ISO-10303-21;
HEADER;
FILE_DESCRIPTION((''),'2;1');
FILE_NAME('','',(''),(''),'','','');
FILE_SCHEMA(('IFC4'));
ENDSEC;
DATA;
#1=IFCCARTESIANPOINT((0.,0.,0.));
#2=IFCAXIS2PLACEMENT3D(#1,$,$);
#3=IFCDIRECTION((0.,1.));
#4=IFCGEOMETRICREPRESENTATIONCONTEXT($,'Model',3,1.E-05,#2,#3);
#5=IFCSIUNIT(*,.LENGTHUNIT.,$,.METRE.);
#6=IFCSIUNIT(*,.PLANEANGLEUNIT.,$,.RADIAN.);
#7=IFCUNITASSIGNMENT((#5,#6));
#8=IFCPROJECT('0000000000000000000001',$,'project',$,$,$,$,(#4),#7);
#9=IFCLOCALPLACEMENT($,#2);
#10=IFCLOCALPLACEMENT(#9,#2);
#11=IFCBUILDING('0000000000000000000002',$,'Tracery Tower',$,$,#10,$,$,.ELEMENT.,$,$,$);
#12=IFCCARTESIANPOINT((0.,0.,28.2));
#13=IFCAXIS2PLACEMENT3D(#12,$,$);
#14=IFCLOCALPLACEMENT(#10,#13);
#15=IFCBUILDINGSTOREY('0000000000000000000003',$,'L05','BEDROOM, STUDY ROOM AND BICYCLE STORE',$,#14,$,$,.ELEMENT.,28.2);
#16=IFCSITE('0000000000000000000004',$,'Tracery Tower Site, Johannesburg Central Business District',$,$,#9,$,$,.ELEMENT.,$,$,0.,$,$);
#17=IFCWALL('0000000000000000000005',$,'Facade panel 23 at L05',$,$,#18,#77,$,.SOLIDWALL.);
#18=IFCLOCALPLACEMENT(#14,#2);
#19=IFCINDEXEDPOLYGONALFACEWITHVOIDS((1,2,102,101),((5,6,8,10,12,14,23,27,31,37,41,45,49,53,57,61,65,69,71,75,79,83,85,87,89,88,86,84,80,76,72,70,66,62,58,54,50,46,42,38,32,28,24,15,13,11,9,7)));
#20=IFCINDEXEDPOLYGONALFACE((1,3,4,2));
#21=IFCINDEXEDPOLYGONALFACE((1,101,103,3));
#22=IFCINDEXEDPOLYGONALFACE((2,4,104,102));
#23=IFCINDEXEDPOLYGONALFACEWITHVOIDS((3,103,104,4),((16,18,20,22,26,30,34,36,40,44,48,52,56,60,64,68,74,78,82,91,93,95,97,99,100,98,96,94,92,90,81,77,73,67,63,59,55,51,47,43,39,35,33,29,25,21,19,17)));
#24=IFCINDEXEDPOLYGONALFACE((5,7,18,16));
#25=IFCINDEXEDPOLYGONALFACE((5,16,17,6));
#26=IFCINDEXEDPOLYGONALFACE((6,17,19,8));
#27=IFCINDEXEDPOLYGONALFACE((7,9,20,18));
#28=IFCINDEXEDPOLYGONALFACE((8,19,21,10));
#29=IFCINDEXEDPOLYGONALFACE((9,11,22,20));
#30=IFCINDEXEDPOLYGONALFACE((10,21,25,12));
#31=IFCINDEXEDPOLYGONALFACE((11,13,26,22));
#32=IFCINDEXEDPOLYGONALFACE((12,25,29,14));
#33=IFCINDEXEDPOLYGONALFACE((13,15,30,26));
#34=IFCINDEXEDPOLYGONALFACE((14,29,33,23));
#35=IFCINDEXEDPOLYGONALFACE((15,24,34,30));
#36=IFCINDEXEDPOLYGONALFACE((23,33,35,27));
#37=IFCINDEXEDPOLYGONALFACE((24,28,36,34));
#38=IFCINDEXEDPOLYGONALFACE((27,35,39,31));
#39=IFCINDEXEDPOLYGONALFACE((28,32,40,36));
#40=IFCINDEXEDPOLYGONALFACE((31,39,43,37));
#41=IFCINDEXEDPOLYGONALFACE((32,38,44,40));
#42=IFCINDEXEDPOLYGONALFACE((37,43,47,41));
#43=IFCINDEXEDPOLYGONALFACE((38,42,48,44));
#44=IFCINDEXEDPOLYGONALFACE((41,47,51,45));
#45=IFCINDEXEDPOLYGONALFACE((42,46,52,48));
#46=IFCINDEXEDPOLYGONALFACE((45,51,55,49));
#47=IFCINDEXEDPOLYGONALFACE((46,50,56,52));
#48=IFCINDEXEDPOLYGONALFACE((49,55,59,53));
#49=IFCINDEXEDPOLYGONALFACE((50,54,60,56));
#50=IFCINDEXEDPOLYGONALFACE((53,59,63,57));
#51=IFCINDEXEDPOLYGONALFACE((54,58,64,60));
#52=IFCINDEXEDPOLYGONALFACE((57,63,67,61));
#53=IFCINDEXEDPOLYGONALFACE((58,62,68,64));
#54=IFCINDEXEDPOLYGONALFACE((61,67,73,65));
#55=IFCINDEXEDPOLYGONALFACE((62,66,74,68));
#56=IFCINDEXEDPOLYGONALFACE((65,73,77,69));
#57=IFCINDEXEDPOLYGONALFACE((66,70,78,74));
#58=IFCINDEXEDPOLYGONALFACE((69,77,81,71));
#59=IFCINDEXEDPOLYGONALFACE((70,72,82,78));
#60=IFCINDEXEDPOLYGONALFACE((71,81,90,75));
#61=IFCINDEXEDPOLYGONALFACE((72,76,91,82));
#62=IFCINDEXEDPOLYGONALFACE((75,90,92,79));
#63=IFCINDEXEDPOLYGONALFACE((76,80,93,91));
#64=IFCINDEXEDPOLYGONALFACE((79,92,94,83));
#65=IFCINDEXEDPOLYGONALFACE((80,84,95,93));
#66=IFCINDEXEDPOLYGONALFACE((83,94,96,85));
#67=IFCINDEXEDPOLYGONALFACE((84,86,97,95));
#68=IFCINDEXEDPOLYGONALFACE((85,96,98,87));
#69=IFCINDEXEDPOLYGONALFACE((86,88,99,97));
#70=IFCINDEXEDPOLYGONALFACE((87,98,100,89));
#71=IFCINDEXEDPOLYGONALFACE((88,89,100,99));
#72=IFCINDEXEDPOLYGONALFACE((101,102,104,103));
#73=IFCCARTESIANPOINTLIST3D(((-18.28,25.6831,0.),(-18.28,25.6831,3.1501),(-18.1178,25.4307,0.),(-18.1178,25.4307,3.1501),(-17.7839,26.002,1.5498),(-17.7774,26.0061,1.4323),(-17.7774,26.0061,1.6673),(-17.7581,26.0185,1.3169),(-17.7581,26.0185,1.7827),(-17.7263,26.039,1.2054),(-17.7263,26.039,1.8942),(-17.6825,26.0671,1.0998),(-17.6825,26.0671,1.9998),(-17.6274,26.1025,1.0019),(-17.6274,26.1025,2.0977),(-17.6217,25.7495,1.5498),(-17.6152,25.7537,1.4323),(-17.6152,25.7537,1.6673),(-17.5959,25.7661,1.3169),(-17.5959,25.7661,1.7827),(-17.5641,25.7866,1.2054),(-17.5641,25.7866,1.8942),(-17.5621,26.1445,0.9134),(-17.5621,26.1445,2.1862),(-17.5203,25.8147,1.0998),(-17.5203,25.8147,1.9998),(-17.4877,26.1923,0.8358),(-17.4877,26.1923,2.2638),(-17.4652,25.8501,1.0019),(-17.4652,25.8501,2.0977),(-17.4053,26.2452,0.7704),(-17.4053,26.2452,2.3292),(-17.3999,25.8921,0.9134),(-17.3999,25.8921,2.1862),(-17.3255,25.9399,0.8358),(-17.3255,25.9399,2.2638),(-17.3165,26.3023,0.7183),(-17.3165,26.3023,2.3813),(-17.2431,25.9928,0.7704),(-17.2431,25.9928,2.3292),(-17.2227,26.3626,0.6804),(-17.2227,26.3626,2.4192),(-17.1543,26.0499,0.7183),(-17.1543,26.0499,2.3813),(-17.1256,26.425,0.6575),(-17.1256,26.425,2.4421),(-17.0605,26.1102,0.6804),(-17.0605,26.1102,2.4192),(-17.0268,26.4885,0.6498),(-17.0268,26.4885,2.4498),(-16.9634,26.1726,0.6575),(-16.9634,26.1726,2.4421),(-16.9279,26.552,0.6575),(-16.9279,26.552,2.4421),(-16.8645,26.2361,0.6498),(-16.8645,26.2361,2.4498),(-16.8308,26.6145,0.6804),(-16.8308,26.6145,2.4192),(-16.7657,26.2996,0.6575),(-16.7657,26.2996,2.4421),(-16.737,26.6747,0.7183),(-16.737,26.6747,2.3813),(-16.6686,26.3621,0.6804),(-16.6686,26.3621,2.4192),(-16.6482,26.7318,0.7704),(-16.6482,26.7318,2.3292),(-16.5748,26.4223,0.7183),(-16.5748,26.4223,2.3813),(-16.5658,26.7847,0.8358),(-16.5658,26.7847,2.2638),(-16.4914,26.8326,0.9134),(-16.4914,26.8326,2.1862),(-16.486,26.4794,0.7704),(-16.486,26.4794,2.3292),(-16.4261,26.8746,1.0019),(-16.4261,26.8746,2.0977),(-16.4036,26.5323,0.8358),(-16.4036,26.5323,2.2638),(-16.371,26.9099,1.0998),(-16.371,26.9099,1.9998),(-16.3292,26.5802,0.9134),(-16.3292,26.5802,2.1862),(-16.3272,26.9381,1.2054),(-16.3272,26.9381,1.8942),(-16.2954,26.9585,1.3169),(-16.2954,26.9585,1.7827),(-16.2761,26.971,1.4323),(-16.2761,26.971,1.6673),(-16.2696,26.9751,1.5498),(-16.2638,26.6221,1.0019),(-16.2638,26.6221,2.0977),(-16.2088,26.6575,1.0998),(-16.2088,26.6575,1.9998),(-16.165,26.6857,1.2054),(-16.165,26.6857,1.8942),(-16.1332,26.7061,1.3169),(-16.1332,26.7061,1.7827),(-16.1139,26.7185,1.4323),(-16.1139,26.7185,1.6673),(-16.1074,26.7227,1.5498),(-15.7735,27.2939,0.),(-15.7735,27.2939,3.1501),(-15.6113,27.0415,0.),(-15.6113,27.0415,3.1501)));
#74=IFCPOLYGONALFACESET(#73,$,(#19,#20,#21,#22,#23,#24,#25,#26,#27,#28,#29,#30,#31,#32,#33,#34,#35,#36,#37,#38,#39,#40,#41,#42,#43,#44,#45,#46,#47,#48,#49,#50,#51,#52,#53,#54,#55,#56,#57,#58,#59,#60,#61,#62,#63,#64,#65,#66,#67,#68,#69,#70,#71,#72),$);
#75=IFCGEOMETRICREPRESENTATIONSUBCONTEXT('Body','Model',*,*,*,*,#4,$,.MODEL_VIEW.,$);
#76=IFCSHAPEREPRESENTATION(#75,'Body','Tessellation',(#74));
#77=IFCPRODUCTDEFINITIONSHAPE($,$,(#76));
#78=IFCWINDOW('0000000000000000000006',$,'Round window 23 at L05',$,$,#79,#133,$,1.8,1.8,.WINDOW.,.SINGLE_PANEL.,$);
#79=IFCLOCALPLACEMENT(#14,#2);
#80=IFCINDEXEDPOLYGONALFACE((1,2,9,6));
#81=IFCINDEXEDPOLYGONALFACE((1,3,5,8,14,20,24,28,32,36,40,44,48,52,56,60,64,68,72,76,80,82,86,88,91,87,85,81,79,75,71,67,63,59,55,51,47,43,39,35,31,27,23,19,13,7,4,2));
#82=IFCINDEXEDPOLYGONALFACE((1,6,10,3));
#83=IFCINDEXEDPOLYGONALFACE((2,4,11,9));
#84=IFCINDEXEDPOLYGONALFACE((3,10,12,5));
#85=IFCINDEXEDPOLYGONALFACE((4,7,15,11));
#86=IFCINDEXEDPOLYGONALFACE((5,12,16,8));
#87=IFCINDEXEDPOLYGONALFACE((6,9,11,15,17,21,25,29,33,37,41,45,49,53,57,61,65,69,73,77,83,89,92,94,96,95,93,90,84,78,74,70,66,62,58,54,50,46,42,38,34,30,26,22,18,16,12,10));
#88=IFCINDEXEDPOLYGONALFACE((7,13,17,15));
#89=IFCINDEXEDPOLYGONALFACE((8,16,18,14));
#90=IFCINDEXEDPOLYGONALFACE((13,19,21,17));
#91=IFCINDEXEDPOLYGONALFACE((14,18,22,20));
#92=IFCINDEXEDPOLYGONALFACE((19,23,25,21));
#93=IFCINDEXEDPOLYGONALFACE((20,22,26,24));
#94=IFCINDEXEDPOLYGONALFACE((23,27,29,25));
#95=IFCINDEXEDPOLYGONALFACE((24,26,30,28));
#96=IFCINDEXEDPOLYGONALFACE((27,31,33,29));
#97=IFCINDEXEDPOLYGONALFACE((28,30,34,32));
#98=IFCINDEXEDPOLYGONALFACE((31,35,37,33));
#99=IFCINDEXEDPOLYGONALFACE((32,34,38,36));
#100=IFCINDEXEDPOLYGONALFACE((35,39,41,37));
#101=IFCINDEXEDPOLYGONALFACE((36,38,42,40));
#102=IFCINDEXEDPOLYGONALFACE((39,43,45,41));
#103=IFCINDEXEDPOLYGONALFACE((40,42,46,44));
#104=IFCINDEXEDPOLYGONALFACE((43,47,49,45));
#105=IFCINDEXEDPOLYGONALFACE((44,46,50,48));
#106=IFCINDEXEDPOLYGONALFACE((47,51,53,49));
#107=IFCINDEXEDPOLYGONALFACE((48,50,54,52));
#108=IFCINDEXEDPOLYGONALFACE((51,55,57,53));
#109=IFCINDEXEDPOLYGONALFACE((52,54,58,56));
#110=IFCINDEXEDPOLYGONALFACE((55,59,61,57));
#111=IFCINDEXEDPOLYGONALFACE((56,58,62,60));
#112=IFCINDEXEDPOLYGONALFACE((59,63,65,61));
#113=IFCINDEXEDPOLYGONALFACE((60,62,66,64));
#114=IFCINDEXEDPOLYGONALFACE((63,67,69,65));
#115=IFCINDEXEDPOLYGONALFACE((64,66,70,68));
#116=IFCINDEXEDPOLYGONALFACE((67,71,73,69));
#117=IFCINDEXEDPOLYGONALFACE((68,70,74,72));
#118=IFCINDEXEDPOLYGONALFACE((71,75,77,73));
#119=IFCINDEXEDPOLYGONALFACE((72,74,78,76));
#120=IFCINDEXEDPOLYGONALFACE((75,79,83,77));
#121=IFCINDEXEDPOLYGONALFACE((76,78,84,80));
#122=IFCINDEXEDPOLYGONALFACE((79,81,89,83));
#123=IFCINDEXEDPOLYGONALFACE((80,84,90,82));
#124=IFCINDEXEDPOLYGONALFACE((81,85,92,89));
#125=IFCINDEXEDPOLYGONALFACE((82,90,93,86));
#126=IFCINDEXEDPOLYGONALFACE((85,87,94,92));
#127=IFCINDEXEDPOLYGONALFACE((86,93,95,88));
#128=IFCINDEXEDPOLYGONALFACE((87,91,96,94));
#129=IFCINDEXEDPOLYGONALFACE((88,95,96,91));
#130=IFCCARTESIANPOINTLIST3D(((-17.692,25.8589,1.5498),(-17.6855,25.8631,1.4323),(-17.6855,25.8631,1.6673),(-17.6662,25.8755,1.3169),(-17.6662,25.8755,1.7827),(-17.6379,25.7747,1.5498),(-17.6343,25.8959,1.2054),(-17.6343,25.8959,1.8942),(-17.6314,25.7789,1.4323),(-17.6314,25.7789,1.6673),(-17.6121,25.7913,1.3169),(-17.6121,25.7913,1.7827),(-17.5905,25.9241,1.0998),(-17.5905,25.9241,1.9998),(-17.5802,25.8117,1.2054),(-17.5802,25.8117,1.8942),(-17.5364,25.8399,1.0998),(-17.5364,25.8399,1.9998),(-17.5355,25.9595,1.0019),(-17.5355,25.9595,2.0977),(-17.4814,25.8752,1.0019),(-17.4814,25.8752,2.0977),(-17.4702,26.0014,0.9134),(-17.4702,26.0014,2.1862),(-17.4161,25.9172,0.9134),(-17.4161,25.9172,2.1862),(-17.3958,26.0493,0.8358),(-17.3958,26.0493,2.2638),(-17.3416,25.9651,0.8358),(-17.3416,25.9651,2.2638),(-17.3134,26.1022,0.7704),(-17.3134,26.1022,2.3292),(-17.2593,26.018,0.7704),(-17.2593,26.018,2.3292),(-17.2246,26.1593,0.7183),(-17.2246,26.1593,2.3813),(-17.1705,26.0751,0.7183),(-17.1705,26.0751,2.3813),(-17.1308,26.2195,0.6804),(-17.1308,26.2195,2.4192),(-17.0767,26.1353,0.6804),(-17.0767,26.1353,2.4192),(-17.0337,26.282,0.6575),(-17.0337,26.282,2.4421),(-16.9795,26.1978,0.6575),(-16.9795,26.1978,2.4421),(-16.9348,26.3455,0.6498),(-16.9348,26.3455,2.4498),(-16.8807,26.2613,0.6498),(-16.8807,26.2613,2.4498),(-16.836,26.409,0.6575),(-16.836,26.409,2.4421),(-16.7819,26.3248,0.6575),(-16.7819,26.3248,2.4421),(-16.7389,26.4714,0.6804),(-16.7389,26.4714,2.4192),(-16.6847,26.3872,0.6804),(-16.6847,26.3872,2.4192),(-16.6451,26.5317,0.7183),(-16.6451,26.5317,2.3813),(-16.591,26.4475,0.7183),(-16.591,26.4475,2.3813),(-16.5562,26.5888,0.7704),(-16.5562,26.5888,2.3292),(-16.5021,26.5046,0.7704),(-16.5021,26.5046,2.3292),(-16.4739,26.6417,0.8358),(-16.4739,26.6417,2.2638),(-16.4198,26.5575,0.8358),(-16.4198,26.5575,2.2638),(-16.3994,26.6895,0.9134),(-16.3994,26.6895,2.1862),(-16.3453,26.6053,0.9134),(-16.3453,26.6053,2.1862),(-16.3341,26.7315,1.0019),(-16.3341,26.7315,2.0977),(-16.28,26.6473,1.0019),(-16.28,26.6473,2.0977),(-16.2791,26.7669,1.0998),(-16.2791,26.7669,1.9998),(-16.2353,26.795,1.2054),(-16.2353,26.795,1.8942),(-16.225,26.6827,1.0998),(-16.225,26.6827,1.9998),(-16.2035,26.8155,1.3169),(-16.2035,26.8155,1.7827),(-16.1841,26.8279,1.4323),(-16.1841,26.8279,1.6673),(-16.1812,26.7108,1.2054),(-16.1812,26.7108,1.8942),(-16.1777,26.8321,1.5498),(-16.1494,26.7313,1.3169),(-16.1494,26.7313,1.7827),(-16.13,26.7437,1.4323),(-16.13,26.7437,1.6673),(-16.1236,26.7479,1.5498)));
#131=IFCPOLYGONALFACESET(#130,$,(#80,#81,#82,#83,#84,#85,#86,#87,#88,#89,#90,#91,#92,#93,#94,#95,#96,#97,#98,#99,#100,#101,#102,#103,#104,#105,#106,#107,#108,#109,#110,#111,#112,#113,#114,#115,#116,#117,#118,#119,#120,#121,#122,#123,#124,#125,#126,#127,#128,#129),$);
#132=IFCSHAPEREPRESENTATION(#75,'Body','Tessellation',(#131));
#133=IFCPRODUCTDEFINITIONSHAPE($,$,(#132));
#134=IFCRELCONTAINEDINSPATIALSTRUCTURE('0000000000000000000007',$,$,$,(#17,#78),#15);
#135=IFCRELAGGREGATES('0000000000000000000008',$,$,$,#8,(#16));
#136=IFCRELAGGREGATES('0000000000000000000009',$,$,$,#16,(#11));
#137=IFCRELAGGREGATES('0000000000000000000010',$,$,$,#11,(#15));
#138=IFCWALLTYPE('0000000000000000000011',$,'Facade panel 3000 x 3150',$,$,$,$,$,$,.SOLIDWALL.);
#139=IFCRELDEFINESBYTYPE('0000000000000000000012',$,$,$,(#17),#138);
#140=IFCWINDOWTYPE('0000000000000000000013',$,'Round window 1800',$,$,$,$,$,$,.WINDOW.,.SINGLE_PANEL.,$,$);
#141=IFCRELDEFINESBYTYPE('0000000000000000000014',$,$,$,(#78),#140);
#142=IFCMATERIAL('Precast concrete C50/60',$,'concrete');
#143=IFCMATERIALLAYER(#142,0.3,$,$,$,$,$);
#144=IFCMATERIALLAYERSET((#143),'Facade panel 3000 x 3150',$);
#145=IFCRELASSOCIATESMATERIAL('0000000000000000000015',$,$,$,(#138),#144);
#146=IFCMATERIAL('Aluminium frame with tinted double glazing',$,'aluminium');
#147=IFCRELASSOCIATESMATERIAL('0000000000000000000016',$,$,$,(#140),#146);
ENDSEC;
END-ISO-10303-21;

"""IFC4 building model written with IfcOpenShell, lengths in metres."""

from ifc_helpers import new_model, si_unit, direction, frame, frame_2d, origin, origin_2d, place, context, subcontext, project, spatial, rectangle, circle, extrude, material, layer, layer_set, type_object, element, fill, save


model = new_model("IFC4")

# Units and contexts
model_context = context("Model", 3, precision=1e-05, world=origin(), true_north=direction((0.0, 1.0)))
body_context = subcontext(model_context, "Body", "Model", "MODEL_VIEW")
ifc_project = project(units=[si_unit("LENGTHUNIT", "METRE"), si_unit("PLANEANGLEUNIT", "RADIAN")], contexts=[model_context])

# Site, building, storey
site_placement = place(None, origin())
site = spatial("IfcSite", under=ifc_project, at=site_placement, Name="Tracery Tower Site, Johannesburg Central Business District", CompositionType="ELEMENT", RefElevation=0.0)
building_placement = place(site_placement, origin())
building = spatial("IfcBuilding", under=site, at=building_placement, Name="Tracery Tower", CompositionType="ELEMENT")
storey_placement = place(building_placement, frame((0.0, 0.0, 28.2)))
storey = spatial("IfcBuildingStorey", under=building, at=storey_placement, Name="L05", Description="BEDROOM, STUDY ROOM AND BICYCLE STORE", CompositionType="ELEMENT", Elevation=28.2)

# Wall, opening, window
ifc_material_1 = material(Name="Precast concrete C50/60", Category="concrete")
ifc_layer_1 = layer(ifc_material_1, 0.3)
ifc_layer_set_1 = layer_set([ifc_layer_1], Name="Facade panel 3000 x 3150")
wall_type_1 = type_object("IfcWallType", Name="Facade panel 3000 x 3150", PredefinedType="SOLIDWALL", material=ifc_layer_set_1)
wall_1_placement = place(storey_placement, frame((-15.6924, 27.1677, 0.0), z_axis=(0.0, 0.0, 1.0), x_axis=(-0.841261, -0.540629, 0.0)))
wall_1 = element("IfcWall", 1, at=wall_1_placement, inside=storey, type_object=wall_type_1, Name="Facade panel 23 at L05", PredefinedType="SOLIDWALL", context=body_context, shape_type="SweptSolid", body=[
    extrude(rectangle(XDim=2.9795, YDim=0.3, at=frame_2d((1.4897, 0.0))), origin(), (0.0, 0.0, 1.0), 3.1501),
])
opening_1_placement = place(wall_1_placement, frame((1.4897, 0.0, 1.5498)))
opening_1 = element("IfcOpeningElement", 2, at=opening_1_placement, cuts=wall_1, PredefinedType="OPENING", context=body_context, shape_type="SweptSolid", body=[
    extrude(circle(Radius=0.9, at=origin_2d()), frame((0.0, 0.1599, 0.0), z_axis=(0.0, -1.0, 0.0), x_axis=(1.0, 0.0, 0.0)), (0.0, 0.0, 1.0), 0.3201),
])
ifc_material_2 = material(Name="Aluminium frame with tinted double glazing", Category="aluminium")
window_type = type_object("IfcWindowType", Name="Round window 1800", PartitioningType="SINGLE_PANEL", PredefinedType="WINDOW", material=ifc_material_2)
window_1_placement = place(opening_1_placement, origin())
window_1 = element("IfcWindow", 3, at=window_1_placement, inside=storey, type_object=window_type, Name="Round window 23 at L05", OverallHeight=1.8, OverallWidth=1.8, PartitioningType="SINGLE_PANEL", PredefinedType="WINDOW", context=body_context, shape_type="SweptSolid", body=[
    extrude(circle(Radius=0.9, at=origin_2d()), frame((0.0, 0.1201, 0.0), z_axis=(0.0, -1.0, 0.0), x_axis=(1.0, 0.0, 0.0)), (0.0, 0.0, 1.0), 0.1001),
])
fill(opening_1, window_1)

save(model, "model.ifc")
